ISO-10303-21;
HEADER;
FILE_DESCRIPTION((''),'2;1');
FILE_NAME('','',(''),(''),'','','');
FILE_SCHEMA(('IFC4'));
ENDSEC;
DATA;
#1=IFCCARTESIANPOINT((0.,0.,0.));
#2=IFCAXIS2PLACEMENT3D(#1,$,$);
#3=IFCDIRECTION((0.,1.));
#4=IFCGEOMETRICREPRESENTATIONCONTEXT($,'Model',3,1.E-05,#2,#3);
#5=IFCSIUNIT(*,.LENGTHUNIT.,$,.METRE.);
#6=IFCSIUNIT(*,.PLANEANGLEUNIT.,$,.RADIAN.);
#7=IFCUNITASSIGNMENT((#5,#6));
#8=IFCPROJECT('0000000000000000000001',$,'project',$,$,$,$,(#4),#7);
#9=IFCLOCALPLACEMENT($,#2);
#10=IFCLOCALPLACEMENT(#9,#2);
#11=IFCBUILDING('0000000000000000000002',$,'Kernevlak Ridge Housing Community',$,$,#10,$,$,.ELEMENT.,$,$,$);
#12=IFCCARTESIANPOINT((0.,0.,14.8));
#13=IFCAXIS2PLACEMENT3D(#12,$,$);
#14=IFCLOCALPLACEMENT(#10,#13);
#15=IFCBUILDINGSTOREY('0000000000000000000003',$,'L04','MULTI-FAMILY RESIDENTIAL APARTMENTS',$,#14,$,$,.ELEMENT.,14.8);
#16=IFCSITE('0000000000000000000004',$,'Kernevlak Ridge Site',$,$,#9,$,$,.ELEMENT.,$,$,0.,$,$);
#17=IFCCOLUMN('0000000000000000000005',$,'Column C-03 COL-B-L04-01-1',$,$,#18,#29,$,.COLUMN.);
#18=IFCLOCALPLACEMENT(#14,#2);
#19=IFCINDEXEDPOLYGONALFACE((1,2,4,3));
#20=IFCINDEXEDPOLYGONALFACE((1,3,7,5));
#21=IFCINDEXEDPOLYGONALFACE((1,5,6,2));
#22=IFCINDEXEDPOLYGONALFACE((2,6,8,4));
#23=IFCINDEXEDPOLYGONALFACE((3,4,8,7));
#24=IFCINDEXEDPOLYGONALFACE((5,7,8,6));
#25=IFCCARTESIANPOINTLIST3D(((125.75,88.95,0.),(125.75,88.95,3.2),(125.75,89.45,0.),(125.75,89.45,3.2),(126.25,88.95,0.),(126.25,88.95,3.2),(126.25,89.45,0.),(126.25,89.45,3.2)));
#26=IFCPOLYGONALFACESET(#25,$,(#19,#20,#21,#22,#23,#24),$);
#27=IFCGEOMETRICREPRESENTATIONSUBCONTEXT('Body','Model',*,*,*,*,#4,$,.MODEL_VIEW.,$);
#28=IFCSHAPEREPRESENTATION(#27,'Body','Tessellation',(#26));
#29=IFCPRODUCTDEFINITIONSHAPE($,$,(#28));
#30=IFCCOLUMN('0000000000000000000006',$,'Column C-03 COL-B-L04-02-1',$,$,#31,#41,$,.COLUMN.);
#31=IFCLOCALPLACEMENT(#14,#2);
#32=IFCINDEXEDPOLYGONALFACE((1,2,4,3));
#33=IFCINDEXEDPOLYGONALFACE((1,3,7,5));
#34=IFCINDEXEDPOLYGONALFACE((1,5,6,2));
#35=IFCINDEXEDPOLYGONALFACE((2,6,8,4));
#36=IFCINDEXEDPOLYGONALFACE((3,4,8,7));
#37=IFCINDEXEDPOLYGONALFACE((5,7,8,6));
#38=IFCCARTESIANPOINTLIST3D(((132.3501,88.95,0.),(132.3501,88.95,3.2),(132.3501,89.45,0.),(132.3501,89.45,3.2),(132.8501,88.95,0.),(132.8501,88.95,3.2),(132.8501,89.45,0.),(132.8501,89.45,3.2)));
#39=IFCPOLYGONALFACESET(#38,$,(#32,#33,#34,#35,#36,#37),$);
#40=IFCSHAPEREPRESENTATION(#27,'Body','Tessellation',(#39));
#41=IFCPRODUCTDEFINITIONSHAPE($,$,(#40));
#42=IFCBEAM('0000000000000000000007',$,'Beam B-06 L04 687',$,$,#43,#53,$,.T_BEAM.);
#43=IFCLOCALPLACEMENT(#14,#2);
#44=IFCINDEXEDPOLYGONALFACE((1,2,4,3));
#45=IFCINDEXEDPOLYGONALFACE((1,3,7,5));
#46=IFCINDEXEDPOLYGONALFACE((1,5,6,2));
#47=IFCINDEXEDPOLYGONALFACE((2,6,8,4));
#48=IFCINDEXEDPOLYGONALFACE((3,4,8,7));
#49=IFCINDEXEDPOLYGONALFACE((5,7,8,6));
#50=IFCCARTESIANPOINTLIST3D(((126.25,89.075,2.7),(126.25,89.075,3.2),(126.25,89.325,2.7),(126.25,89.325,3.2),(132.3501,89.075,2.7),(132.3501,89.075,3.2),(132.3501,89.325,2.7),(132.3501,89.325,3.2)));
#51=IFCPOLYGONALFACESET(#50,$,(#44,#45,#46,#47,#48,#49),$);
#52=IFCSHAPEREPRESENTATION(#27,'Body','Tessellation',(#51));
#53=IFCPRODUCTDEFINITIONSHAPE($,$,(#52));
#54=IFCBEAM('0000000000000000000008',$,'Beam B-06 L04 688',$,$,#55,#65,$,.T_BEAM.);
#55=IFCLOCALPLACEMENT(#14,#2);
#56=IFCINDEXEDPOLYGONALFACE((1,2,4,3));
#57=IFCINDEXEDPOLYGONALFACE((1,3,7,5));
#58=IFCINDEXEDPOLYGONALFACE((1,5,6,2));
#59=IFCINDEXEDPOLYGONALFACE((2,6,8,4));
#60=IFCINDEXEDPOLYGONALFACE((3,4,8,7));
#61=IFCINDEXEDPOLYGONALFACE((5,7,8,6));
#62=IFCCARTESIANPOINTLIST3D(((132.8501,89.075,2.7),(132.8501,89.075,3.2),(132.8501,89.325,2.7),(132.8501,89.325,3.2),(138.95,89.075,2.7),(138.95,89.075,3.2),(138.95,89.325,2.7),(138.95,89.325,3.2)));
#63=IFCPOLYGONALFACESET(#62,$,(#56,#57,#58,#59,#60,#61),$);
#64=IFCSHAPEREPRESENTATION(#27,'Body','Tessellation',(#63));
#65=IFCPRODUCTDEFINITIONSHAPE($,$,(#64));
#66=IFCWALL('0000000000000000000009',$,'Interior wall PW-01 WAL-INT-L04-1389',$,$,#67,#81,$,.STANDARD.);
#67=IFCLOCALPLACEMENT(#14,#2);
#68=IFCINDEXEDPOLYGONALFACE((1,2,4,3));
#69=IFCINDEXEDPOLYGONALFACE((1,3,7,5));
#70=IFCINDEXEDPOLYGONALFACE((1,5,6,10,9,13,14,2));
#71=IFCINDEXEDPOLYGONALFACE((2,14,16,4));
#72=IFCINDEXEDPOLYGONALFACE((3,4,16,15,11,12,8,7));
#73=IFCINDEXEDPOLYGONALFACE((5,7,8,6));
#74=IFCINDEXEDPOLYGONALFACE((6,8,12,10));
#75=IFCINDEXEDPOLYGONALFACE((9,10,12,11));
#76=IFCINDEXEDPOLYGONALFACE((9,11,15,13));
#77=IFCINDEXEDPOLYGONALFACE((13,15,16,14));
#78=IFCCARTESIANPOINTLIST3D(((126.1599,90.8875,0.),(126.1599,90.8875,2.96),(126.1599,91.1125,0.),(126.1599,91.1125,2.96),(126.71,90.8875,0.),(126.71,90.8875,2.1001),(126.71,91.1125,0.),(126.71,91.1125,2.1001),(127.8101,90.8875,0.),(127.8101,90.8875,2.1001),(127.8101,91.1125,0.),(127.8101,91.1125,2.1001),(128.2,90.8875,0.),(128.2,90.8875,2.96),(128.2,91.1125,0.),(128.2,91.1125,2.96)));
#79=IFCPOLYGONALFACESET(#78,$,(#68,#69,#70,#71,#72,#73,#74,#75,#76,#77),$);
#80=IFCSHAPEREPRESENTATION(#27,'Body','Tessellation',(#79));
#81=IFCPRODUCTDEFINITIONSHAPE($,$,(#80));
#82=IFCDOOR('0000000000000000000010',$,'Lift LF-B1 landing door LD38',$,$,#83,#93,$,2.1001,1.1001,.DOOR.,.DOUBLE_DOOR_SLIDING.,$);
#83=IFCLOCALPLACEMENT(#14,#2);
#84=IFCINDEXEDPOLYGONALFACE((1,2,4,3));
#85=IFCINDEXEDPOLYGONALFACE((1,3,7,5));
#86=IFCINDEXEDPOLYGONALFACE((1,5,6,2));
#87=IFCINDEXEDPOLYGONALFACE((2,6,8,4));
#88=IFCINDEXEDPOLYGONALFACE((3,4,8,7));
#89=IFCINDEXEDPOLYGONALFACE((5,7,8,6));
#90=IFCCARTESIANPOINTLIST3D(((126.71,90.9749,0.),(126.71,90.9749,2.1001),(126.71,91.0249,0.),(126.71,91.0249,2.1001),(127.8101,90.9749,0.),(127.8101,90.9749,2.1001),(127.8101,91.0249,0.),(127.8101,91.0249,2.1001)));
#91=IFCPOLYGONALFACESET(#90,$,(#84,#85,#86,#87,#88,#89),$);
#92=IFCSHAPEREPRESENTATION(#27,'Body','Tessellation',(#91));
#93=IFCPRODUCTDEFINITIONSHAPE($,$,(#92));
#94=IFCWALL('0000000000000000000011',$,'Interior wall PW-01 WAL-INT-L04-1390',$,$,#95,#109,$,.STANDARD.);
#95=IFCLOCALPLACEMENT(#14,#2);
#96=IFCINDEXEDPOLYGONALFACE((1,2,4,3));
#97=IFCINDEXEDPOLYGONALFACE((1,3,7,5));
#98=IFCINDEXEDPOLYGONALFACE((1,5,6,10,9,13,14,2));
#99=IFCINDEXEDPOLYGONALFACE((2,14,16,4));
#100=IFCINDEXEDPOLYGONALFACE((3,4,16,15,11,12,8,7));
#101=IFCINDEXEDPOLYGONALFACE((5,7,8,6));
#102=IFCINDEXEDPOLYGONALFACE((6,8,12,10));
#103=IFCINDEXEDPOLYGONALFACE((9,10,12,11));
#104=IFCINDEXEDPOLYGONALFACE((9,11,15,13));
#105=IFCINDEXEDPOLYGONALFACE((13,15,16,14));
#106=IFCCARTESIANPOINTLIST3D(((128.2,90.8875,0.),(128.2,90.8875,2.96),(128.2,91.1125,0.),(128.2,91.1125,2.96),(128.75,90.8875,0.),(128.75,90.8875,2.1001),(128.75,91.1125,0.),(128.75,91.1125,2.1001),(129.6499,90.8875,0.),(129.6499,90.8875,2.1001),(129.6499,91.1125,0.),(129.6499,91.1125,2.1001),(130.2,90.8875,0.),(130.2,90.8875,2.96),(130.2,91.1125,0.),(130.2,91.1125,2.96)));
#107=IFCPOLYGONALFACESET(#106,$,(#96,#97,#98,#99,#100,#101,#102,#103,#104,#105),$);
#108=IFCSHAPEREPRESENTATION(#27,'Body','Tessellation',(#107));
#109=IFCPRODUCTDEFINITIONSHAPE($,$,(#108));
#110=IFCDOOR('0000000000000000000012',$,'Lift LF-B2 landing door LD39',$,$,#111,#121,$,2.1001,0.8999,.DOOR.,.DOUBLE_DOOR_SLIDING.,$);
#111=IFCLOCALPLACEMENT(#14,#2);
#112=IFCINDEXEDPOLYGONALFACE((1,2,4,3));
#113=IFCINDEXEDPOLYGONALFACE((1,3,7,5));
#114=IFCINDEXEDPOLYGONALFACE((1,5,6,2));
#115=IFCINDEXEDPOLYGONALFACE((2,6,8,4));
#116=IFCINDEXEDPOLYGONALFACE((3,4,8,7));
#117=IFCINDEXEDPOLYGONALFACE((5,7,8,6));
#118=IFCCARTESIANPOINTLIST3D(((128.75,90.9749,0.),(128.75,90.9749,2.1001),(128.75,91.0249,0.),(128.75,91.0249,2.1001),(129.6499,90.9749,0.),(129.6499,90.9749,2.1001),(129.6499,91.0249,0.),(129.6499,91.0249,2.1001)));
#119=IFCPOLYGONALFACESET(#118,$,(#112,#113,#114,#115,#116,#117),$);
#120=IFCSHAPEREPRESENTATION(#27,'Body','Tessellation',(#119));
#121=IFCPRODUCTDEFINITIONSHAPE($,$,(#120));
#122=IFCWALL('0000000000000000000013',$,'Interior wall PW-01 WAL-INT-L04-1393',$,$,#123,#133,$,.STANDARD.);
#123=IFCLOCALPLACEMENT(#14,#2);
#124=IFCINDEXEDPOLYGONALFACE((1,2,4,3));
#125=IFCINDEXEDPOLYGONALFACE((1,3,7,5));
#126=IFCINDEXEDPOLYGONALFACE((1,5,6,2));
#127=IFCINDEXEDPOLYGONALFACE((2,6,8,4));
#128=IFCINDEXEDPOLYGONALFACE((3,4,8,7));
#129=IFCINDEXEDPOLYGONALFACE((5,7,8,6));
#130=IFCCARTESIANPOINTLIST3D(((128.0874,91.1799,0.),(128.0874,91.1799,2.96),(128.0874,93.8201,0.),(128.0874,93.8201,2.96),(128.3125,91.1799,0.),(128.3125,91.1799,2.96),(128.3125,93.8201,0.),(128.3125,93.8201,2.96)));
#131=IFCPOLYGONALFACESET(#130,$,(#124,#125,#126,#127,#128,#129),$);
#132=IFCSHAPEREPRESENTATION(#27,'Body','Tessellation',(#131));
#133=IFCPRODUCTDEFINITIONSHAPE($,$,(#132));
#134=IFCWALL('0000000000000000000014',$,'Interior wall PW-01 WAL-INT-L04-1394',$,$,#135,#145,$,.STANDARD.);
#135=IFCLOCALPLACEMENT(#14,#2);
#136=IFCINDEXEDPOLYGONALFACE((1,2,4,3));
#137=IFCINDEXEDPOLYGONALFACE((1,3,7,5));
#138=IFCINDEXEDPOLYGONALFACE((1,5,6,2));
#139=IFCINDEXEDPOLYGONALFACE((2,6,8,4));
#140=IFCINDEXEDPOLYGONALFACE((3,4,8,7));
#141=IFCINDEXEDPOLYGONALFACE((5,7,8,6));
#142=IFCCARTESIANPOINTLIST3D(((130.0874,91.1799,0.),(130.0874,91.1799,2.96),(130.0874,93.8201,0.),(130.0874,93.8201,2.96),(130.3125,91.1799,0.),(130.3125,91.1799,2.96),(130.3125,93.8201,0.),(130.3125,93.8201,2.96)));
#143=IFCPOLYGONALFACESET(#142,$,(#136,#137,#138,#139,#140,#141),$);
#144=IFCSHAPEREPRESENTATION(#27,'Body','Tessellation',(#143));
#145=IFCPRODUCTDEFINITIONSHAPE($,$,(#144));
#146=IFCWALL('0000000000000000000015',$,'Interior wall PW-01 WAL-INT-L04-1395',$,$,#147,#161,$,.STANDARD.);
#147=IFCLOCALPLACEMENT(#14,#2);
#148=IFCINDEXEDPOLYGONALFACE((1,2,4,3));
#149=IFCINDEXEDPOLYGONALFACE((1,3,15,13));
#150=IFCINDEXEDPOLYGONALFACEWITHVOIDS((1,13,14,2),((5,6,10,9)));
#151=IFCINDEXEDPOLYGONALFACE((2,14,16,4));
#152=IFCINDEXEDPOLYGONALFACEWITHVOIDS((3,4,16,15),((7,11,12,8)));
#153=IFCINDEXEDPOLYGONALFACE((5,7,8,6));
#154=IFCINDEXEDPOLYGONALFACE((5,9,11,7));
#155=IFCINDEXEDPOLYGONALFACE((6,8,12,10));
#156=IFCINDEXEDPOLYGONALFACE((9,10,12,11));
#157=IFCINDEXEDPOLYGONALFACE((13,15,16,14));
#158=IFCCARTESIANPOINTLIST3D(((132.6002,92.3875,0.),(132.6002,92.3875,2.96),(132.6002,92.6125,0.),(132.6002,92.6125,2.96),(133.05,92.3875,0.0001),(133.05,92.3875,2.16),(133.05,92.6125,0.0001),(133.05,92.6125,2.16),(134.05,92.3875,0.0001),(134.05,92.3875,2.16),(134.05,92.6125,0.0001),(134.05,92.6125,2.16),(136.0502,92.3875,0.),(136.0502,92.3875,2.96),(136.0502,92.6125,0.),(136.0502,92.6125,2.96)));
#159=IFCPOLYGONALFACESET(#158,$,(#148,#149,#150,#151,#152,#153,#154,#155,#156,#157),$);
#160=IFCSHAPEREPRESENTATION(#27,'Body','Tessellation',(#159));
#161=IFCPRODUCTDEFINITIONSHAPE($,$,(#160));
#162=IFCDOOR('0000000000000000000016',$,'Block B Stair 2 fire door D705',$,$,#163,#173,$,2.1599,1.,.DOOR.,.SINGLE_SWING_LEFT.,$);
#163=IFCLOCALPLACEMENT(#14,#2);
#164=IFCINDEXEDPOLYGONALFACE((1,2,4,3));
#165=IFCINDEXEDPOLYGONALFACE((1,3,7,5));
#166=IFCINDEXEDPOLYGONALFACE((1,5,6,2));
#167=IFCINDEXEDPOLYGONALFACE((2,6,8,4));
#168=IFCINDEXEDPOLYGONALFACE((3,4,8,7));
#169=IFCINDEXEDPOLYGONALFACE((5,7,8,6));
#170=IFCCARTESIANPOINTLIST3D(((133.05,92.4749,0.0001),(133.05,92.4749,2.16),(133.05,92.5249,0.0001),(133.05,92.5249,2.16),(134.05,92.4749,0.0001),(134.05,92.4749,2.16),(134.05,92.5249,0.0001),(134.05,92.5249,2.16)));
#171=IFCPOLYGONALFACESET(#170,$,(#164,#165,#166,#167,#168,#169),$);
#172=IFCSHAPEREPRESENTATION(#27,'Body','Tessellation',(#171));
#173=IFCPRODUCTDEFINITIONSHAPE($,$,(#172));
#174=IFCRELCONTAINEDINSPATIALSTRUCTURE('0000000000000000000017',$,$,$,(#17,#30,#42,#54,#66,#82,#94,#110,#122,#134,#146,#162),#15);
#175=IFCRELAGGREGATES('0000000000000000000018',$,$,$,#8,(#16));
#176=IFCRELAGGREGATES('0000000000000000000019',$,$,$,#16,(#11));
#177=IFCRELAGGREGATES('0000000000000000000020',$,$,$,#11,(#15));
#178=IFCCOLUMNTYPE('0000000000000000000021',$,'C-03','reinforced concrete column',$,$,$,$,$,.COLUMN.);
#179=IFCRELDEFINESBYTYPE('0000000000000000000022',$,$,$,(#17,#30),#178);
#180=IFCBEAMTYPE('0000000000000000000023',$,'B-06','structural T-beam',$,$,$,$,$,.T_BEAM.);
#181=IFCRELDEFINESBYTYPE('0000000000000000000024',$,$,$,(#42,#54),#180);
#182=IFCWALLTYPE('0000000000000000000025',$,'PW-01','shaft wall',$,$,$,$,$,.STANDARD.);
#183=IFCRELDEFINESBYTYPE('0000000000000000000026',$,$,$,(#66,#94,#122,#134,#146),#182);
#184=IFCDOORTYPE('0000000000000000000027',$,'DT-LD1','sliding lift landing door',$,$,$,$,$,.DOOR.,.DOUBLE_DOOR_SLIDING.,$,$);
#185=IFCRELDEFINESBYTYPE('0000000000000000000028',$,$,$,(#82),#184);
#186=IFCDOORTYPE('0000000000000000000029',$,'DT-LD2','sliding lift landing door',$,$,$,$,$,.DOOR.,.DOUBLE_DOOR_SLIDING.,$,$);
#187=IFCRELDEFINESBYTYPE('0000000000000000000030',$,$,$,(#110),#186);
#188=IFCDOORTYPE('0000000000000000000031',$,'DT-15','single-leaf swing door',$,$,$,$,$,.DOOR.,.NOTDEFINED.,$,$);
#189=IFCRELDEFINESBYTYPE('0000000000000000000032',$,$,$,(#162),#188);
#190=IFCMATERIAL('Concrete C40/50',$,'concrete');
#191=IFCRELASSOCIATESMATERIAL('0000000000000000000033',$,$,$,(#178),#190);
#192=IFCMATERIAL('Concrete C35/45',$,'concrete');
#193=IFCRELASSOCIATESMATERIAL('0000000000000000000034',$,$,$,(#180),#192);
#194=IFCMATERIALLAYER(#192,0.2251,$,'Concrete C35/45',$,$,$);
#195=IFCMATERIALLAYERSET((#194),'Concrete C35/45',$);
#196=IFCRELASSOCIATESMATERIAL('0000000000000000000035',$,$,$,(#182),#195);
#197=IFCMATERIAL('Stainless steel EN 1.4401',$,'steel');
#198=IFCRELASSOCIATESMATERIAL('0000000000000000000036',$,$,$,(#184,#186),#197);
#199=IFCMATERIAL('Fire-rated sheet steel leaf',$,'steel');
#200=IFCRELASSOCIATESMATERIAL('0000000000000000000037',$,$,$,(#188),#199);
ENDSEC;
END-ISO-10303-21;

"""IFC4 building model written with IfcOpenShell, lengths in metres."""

from ifc_helpers import new_model, si_unit, direction, frame, frame_2d, origin, origin_2d, place, context, subcontext, project, spatial, rectangle, extrude, material, layer, layer_set, material_profile, profile_set, type_object, element, fill, save


model = new_model("IFC4")

# Units and contexts
model_context = context("Model", 3, precision=1e-05, world=origin(), true_north=direction((0.0, 1.0)))
body_context = subcontext(model_context, "Body", "Model", "MODEL_VIEW")
ifc_project = project(units=[si_unit("LENGTHUNIT", "METRE"), si_unit("PLANEANGLEUNIT", "RADIAN")], contexts=[model_context])

# Site, building, storey
site_placement = place(None, origin())
site = spatial("IfcSite", under=ifc_project, at=site_placement, Name="Kernevlak Ridge Site", CompositionType="ELEMENT", RefElevation=0.0)
building_placement = place(site_placement, origin())
building = spatial("IfcBuilding", under=site, at=building_placement, Name="Kernevlak Ridge Housing Community", CompositionType="ELEMENT")
storey_placement = place(building_placement, frame((0.0, 0.0, 14.8)))
storey = spatial("IfcBuildingStorey", under=building, at=storey_placement, Name="L04", Description="MULTI-FAMILY RESIDENTIAL APARTMENTS", CompositionType="ELEMENT", Elevation=14.8)

# Columns
ifc_material_1 = material(Name="Concrete C40/50", Category="concrete")
ifc_material_profile_1 = material_profile(ifc_material_1, rectangle(XDim=0.5, YDim=0.5, at=origin_2d()), Name="RC 500x500")
ifc_profile_set_1 = profile_set([ifc_material_profile_1], Name="Concrete C40/50")
column_type = type_object("IfcColumnType", Name="C-03", Description="reinforced concrete column", PredefinedType="COLUMN", material=ifc_profile_set_1)
for number, where, z_axis, x_axis, name in (
    (1, (126.0, 89.2, 0.0), (0.0, 0.0, 1.0), (1.0, 0.0, 0.0), "Column C-03 COL-B-L04-01-1"),
    (2, (132.6001, 89.2, 0.0), (0.0, 0.0, 1.0), (1.0, 0.0, 0.0), "Column C-03 COL-B-L04-02-1"),
):
    element("IfcColumn", number, at=place(storey_placement, frame(where, z_axis=z_axis, x_axis=x_axis)), inside=storey, type_object=column_type, Name=name, PredefinedType="COLUMN", context=body_context, shape_type="SweptSolid", body=[
        extrude(rectangle(XDim=0.5, YDim=0.5, at=origin_2d()), origin(), (0.0, 0.0, 1.0), 3.2),
    ])

# Beams
ifc_material_2 = material(Name="Concrete C35/45", Category="concrete")
ifc_material_profile_2 = material_profile(ifc_material_2, rectangle(XDim=0.25, YDim=0.5, at=origin_2d()), Name="RC 250x500")
ifc_profile_set_2 = profile_set([ifc_material_profile_2], Name="Concrete C35/45")
beam_type = type_object("IfcBeamType", Name="B-06", Description="structural T-beam", PredefinedType="T_BEAM", material=ifc_profile_set_2)
beam_1_placement = place(storey_placement, frame((126.25, 89.2, 2.95), z_axis=(1.0, 0.0, 0.0), x_axis=(0.0, 1.0, 0.0)))
element("IfcBeam", 3, at=beam_1_placement, inside=storey, type_object=beam_type, Name="Beam B-06 L04 687", PredefinedType="T_BEAM", context=body_context, shape_type="SweptSolid", body=[
    extrude(rectangle(XDim=0.25, YDim=0.5, at=origin_2d()), origin(), (0.0, 0.0, 1.0), 6.1001),
])
beam_2_placement = place(storey_placement, frame((132.8501, 89.2, 2.95), z_axis=(1.0, 0.0, 0.0), x_axis=(0.0, 1.0, 0.0)))
element("IfcBeam", 4, at=beam_2_placement, inside=storey, type_object=beam_type, Name="Beam B-06 L04 688", PredefinedType="T_BEAM", context=body_context, shape_type="SweptSolid", body=[
    extrude(rectangle(XDim=0.25, YDim=0.5, at=origin_2d()), origin(), (0.0, 0.0, 1.0), 6.0999),
])

# Walls, openings, doors
ifc_layer_1 = layer(ifc_material_2, 0.2251, Name="Concrete C35/45")
ifc_layer_set_1 = layer_set([ifc_layer_1], Name="Concrete C35/45")
wall_type_1 = type_object("IfcWallType", Name="PW-01", Description="shaft wall", PredefinedType="STANDARD", material=ifc_layer_set_1)
wall_1_placement = place(storey_placement, frame((126.1599, 91.0, 0.0), z_axis=(0.0, 0.0, 1.0), x_axis=(1.0, 0.0, 0.0)))
wall_1 = element("IfcWall", 5, at=wall_1_placement, inside=storey, type_object=wall_type_1, Name="Interior wall PW-01 WAL-INT-L04-1389", PredefinedType="STANDARD", context=body_context, shape_type="SweptSolid", body=[
    extrude(rectangle(XDim=2.04, YDim=0.2251, at=frame_2d((1.02, 0.0))), origin(), (0.0, 0.0, 1.0), 2.96),
])
opening_1_placement = place(wall_1_placement, frame((0.55, 0.0, 0.0)))
opening_1 = element("IfcOpeningElement", 6, at=opening_1_placement, cuts=wall_1, PredefinedType="OPENING", context=body_context, shape_type="SweptSolid", body=[
    extrude(rectangle(XDim=1.1001, YDim=2.1001, at=frame_2d((0.55, 1.05))), frame((0.0, 0.1226, 0.0), z_axis=(0.0, -1.0, 0.0), x_axis=(1.0, 0.0, 0.0)), (0.0, 0.0, 1.0), 0.2451),
])
ifc_material_3 = material(Name="Stainless steel EN 1.4401", Category="steel")
door_type_1 = type_object("IfcDoorType", Name="DT-LD1", Description="sliding lift landing door", OperationType="DOUBLE_DOOR_SLIDING", PredefinedType="DOOR", material=ifc_material_3)
door_1_placement = place(opening_1_placement, origin())
door_1 = element("IfcDoor", 7, at=door_1_placement, inside=storey, type_object=door_type_1, Name="Lift LF-B1 landing door LD38", OperationType="DOUBLE_DOOR_SLIDING", OverallHeight=2.1001, OverallWidth=1.1001, PredefinedType="DOOR", context=body_context, shape_type="SweptSolid", body=[
    extrude(rectangle(XDim=1.1001, YDim=2.1001, at=frame_2d((0.55, 1.05))), frame((0.0, 0.0249, 0.0), z_axis=(0.0, -1.0, 0.0), x_axis=(1.0, 0.0, 0.0)), (0.0, 0.0, 1.0), 0.05),
])
fill(opening_1, door_1)
wall_2_placement = place(storey_placement, frame((128.2, 91.0, 0.0), z_axis=(0.0, 0.0, 1.0), x_axis=(1.0, 0.0, 0.0)))
wall_2 = element("IfcWall", 8, at=wall_2_placement, inside=storey, type_object=wall_type_1, Name="Interior wall PW-01 WAL-INT-L04-1390", PredefinedType="STANDARD", context=body_context, shape_type="SweptSolid", body=[
    extrude(rectangle(XDim=2.0, YDim=0.2251, at=frame_2d((1.0, 0.0))), origin(), (0.0, 0.0, 1.0), 2.96),
])
opening_2_placement = place(wall_2_placement, frame((0.55, 0.0, 0.0)))
opening_2 = element("IfcOpeningElement", 9, at=opening_2_placement, cuts=wall_2, PredefinedType="OPENING", context=body_context, shape_type="SweptSolid", body=[
    extrude(rectangle(XDim=0.8999, YDim=2.1001, at=frame_2d((0.45, 1.05))), frame((0.0, 0.1226, 0.0), z_axis=(0.0, -1.0, 0.0), x_axis=(1.0, 0.0, 0.0)), (0.0, 0.0, 1.0), 0.2451),
])
door_type_2 = type_object("IfcDoorType", Name="DT-LD2", Description="sliding lift landing door", OperationType="DOUBLE_DOOR_SLIDING", PredefinedType="DOOR", material=ifc_material_3)
door_2_placement = place(opening_2_placement, origin())
door_2 = element("IfcDoor", 10, at=door_2_placement, inside=storey, type_object=door_type_2, Name="Lift LF-B2 landing door LD39", OperationType="DOUBLE_DOOR_SLIDING", OverallHeight=2.1001, OverallWidth=0.8999, PredefinedType="DOOR", context=body_context, shape_type="SweptSolid", body=[
    extrude(rectangle(XDim=0.8999, YDim=2.1001, at=frame_2d((0.45, 1.05))), frame((0.0, 0.0249, 0.0), z_axis=(0.0, -1.0, 0.0), x_axis=(1.0, 0.0, 0.0)), (0.0, 0.0, 1.0), 0.05),
])
fill(opening_2, door_2)

# Walls
for number, where, z_axis, x_axis, name in (
    (11, (128.2, 91.1799, 0.0), (0.0, 0.0, 1.0), (0.0, 1.0, 0.0), "Interior wall PW-01 WAL-INT-L04-1393"),
    (12, (130.2, 91.1799, 0.0), (0.0, 0.0, 1.0), (0.0, 1.0, 0.0), "Interior wall PW-01 WAL-INT-L04-1394"),
):
    element("IfcWall", number, at=place(storey_placement, frame(where, z_axis=z_axis, x_axis=x_axis)), inside=storey, type_object=wall_type_1, Name=name, PredefinedType="STANDARD", context=body_context, shape_type="SweptSolid", body=[
        extrude(rectangle(XDim=2.6401, YDim=0.2251, at=frame_2d((1.3201, 0.0))), origin(), (0.0, 0.0, 1.0), 2.96),
    ])

# Wall, opening, door
wall_3_placement = place(storey_placement, frame((132.6001, 92.5, 0.0), z_axis=(0.0, 0.0, 1.0), x_axis=(1.0, 0.0, 0.0)))
wall_3 = element("IfcWall", 13, at=wall_3_placement, inside=storey, type_object=wall_type_1, Name="Interior wall PW-01 WAL-INT-L04-1395", PredefinedType="STANDARD", context=body_context, shape_type="SweptSolid", body=[
    extrude(rectangle(XDim=3.45, YDim=0.2251, at=frame_2d((1.7251, 0.0))), origin(), (0.0, 0.0, 1.0), 2.96),
])
opening_3_placement = place(wall_3_placement, frame((0.45, 0.0, 0.0)))
opening_3 = element("IfcOpeningElement", 14, at=opening_3_placement, cuts=wall_3, PredefinedType="OPENING", context=body_context, shape_type="SweptSolid", body=[
    extrude(rectangle(XDim=1.0, YDim=2.1599, at=frame_2d((0.5, 1.0801))), frame((0.0, 0.1226, 0.0), z_axis=(0.0, -1.0, 0.0), x_axis=(1.0, 0.0, 0.0)), (0.0, 0.0, 1.0), 0.2451),
])
ifc_material_4 = material(Name="Fire-rated sheet steel leaf", Category="steel")
door_type_3 = type_object("IfcDoorType", Name="DT-15", Description="single-leaf swing door", OperationType="NOTDEFINED", PredefinedType="DOOR", material=ifc_material_4)
door_3_placement = place(opening_3_placement, origin())
door_3 = element("IfcDoor", 15, at=door_3_placement, inside=storey, type_object=door_type_3, Name="Block B Stair 2 fire door D705", OperationType="SINGLE_SWING_LEFT", OverallHeight=2.1599, OverallWidth=1.0, PredefinedType="DOOR", context=body_context, shape_type="SweptSolid", body=[
    extrude(rectangle(XDim=1.0, YDim=2.1599, at=frame_2d((0.5, 1.0801))), frame((0.0, 0.0249, 0.0), z_axis=(0.0, -1.0, 0.0), x_axis=(1.0, 0.0, 0.0)), (0.0, 0.0, 1.0), 0.05),
])
fill(opening_3, door_3)

save(model, "model.ifc")
